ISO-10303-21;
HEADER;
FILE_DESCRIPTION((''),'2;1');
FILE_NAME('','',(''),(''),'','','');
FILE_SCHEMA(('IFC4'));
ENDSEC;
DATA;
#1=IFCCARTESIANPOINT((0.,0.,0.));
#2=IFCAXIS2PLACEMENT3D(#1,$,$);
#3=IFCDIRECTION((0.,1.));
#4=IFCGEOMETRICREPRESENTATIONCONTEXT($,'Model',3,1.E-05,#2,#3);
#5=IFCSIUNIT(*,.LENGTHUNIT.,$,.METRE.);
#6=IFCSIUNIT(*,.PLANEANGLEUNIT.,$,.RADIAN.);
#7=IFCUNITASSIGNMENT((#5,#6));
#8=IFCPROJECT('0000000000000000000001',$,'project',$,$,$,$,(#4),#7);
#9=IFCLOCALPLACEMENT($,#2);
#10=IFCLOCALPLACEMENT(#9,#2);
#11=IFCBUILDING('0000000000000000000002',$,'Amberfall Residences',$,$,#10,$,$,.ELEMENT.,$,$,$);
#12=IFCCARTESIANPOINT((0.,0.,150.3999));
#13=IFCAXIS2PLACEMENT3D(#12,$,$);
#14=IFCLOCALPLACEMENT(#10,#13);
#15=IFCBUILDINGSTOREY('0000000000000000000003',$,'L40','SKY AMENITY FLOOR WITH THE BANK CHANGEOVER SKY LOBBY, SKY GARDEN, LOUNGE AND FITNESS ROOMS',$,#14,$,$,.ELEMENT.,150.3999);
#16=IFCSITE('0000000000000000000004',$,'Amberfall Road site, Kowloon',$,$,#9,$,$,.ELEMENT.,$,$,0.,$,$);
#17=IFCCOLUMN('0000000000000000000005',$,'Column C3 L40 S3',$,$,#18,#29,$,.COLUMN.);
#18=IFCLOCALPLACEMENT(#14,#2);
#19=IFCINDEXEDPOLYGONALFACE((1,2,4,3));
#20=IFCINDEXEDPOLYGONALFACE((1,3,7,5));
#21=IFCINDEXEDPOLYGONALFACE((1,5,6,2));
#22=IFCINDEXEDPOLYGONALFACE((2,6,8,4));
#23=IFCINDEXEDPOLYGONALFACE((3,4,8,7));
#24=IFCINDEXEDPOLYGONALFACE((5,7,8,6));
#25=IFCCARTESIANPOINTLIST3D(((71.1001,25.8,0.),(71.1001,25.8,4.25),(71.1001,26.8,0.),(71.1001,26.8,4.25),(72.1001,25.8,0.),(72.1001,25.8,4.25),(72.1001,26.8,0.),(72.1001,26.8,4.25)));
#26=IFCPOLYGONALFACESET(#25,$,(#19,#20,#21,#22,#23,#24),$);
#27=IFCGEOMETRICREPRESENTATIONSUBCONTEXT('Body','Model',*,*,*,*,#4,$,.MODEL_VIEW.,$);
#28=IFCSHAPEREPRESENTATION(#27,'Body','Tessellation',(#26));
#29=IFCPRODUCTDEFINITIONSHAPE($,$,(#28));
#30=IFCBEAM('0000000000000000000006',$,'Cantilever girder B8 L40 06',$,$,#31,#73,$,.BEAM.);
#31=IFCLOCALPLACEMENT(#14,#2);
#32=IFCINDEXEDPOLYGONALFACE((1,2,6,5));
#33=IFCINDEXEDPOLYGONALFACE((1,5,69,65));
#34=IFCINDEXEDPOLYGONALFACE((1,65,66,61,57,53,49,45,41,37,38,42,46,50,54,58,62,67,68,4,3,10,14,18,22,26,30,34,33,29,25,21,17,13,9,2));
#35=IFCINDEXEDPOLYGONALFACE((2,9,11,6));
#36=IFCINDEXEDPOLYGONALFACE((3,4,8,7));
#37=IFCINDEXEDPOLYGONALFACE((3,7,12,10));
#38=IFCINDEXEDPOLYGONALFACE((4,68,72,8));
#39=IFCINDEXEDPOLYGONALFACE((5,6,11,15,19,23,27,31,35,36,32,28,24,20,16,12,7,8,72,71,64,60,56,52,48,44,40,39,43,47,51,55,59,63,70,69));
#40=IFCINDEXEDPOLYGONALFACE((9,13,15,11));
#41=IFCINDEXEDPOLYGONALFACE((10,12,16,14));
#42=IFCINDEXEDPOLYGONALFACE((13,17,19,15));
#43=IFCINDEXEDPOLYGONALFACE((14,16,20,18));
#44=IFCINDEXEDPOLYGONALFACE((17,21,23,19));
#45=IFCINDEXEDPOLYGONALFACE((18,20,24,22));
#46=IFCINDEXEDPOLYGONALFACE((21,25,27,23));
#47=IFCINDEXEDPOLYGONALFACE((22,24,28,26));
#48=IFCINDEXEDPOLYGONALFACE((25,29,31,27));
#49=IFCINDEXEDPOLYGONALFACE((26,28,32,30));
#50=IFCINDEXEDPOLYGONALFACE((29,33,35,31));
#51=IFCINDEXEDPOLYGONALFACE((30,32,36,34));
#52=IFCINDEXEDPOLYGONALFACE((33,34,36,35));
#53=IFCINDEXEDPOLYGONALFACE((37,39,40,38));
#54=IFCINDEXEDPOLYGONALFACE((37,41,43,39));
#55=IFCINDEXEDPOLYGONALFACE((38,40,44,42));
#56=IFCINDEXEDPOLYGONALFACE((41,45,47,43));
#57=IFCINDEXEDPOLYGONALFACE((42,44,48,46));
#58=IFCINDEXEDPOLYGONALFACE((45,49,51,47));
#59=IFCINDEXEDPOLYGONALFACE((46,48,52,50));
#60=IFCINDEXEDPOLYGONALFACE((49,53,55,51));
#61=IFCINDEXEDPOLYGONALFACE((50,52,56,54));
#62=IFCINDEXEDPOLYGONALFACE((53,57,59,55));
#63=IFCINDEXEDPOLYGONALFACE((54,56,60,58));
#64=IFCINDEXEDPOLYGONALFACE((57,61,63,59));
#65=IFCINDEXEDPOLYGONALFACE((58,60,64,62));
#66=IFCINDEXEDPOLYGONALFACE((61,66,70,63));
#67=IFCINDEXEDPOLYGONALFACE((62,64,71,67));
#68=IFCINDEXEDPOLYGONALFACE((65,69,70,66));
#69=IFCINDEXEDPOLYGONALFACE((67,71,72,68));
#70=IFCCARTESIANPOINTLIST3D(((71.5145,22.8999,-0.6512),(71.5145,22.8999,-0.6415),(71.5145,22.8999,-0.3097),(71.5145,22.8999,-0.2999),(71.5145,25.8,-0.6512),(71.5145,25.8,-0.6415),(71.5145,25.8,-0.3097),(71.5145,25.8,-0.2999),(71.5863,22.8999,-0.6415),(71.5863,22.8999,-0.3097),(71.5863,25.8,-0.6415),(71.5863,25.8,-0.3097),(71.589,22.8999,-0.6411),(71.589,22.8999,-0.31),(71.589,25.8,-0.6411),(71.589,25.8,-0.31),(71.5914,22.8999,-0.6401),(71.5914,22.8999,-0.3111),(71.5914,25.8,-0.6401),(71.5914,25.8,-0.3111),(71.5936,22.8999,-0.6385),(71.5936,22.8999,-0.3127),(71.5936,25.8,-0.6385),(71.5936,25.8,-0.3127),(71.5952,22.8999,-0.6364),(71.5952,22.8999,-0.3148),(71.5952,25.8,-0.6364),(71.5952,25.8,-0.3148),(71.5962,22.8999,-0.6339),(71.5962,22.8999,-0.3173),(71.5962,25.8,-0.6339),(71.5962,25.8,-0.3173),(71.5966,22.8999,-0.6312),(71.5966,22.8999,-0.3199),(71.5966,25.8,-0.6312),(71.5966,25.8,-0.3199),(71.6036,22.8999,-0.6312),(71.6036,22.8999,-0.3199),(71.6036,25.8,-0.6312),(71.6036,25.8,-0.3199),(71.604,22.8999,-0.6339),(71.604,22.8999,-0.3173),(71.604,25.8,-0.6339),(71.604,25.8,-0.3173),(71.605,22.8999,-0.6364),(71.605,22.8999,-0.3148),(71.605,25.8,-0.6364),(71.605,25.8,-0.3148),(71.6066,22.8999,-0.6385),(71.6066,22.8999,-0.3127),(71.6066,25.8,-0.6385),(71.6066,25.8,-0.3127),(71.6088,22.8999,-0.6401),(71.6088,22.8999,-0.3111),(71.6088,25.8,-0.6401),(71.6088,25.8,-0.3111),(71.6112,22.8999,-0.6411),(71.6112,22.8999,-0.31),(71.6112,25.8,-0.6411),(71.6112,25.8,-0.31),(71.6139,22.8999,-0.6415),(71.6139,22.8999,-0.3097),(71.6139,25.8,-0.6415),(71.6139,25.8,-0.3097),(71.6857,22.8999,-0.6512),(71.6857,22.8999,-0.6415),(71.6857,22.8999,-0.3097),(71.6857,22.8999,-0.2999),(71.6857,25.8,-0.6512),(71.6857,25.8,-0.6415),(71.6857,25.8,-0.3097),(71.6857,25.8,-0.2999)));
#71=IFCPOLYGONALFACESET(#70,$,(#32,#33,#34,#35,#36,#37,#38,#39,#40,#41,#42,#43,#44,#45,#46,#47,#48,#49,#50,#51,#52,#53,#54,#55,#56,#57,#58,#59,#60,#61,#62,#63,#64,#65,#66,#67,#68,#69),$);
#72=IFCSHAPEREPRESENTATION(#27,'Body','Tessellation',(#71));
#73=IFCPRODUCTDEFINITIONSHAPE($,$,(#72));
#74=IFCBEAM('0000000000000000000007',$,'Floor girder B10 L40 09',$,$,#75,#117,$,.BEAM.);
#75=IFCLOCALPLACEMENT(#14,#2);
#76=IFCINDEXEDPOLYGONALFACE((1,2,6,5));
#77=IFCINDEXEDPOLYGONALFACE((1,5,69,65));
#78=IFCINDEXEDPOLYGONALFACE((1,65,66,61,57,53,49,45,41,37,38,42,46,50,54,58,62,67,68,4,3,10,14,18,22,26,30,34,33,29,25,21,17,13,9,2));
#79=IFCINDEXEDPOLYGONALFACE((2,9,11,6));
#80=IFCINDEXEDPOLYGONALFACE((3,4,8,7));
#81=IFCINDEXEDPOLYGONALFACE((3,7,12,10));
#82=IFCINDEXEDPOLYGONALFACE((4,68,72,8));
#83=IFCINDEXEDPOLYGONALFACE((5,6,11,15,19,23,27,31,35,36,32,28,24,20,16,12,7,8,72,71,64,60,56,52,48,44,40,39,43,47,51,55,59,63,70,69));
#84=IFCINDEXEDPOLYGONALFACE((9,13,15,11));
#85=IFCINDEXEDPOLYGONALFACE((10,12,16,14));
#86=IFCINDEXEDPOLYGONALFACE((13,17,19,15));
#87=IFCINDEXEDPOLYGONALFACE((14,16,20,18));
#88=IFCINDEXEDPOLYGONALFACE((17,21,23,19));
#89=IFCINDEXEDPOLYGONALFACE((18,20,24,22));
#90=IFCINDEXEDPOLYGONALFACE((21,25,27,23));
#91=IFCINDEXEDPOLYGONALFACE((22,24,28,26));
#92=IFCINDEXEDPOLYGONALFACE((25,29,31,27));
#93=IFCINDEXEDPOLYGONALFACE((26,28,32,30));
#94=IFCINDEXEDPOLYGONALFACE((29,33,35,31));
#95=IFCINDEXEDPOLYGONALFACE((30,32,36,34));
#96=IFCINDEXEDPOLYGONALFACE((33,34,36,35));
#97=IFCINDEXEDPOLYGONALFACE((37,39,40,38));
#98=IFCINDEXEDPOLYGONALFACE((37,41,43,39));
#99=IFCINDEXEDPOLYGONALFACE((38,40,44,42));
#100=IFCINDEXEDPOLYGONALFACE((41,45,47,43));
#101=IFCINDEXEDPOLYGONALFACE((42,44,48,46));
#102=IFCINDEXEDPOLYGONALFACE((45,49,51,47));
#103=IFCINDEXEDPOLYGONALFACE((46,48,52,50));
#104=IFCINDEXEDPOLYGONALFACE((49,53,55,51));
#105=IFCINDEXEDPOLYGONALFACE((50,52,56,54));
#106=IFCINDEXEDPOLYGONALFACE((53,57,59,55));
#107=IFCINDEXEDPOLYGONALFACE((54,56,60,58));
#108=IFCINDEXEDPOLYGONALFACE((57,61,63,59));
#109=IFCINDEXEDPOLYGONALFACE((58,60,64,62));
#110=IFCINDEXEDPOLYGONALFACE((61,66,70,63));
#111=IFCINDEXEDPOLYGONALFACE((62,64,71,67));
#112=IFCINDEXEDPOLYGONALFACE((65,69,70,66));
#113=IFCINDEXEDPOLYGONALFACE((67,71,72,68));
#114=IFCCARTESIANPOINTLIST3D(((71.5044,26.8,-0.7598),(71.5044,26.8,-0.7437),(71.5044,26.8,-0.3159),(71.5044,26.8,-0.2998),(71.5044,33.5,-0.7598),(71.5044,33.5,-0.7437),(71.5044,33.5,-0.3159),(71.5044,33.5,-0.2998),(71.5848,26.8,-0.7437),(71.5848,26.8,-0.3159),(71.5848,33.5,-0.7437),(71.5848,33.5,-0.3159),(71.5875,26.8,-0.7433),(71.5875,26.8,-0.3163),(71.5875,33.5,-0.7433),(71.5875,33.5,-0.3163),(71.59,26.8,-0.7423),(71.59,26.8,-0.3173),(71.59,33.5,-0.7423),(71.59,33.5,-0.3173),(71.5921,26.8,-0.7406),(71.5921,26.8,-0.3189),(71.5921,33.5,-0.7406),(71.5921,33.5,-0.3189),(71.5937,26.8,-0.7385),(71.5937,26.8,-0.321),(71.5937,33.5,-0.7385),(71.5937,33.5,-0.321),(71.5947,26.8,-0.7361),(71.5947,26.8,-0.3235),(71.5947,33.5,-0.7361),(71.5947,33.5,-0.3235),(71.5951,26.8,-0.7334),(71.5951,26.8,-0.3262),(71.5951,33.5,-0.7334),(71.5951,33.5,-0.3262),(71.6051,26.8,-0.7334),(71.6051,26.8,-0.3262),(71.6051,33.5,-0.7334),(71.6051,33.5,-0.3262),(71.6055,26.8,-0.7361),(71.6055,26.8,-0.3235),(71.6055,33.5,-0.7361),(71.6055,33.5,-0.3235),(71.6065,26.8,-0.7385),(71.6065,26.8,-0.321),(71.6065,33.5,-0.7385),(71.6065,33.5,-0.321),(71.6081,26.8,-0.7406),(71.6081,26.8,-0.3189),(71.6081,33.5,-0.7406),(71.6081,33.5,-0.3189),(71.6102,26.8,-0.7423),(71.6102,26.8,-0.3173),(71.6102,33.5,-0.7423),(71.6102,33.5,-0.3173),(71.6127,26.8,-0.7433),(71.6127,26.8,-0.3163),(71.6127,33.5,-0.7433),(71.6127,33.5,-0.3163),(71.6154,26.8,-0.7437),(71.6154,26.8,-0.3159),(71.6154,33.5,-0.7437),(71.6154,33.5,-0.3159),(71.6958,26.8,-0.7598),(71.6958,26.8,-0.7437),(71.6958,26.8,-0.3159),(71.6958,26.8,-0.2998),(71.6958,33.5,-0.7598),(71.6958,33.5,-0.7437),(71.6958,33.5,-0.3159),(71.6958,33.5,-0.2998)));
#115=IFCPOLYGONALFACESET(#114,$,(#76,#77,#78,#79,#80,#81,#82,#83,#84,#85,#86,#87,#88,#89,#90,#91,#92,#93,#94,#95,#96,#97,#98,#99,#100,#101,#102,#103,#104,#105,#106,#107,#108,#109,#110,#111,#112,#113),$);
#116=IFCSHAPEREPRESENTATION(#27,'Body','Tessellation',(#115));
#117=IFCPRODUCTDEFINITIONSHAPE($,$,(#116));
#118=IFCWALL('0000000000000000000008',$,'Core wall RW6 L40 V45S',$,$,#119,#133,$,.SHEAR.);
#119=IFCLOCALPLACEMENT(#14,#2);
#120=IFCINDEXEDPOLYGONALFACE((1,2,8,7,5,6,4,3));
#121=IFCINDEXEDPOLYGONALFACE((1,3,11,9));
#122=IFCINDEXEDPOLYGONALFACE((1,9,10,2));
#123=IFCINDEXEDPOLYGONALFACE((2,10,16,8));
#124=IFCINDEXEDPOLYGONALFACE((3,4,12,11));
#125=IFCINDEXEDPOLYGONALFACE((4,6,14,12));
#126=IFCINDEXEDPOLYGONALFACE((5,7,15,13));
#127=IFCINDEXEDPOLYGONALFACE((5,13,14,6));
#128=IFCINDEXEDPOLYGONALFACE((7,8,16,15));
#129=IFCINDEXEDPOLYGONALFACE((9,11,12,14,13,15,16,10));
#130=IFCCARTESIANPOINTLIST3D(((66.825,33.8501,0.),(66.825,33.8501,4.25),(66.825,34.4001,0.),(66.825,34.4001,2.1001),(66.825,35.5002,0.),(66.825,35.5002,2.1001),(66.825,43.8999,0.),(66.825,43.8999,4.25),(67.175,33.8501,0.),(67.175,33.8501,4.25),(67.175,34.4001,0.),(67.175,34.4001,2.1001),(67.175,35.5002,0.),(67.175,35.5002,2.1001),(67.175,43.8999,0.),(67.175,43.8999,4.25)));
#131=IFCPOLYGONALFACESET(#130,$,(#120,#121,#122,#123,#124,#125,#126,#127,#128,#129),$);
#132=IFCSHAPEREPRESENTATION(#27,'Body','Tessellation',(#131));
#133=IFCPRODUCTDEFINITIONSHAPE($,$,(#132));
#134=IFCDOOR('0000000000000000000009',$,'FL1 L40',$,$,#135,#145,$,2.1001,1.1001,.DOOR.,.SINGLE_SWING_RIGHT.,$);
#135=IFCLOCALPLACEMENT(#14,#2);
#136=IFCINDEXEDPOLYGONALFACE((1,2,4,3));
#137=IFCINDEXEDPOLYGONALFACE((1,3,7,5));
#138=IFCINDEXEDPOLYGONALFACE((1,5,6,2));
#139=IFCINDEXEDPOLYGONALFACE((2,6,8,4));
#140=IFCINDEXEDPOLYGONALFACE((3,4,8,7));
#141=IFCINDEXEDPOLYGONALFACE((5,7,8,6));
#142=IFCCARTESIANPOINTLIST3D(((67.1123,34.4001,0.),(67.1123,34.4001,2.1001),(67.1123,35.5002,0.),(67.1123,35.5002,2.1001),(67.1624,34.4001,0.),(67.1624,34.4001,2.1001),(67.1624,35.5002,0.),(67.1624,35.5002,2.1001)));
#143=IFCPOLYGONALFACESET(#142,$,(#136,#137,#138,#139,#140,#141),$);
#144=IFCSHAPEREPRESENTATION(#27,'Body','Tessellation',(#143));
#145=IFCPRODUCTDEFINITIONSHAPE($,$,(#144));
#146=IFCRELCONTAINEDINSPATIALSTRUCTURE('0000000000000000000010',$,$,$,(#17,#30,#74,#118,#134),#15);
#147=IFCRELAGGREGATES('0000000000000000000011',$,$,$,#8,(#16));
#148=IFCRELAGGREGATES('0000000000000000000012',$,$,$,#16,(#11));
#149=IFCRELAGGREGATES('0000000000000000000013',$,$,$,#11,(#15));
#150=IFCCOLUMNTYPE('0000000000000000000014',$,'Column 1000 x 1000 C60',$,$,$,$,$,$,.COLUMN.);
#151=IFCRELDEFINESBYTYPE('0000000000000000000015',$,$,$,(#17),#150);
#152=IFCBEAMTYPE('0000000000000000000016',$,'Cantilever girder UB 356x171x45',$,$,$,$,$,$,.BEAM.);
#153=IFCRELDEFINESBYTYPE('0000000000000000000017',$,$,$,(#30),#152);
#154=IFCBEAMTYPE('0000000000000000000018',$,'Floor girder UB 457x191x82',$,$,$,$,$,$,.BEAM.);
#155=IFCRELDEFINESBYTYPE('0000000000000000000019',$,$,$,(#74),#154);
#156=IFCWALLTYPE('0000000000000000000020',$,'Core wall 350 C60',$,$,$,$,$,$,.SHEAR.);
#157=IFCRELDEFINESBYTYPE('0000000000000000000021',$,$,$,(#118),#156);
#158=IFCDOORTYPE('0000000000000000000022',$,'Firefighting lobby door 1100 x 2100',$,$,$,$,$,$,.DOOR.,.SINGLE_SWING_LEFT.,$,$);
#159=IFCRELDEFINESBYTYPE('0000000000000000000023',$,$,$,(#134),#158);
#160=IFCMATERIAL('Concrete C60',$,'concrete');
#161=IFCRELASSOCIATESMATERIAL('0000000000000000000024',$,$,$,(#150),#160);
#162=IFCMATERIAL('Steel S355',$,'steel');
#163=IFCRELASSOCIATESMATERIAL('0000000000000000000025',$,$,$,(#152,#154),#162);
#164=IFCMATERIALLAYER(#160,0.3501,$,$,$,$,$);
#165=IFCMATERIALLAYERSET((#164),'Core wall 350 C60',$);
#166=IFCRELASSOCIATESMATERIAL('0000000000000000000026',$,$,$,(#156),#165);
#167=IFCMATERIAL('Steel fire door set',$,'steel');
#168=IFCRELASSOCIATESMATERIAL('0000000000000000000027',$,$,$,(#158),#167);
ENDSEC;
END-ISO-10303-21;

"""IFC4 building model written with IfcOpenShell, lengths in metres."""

from ifc_helpers import new_model, si_unit, direction, frame, frame_2d, origin, origin_2d, place, context, subcontext, project, spatial, rectangle, i_section, extrude, material, layer, layer_set, material_profile, profile_set, type_object, element, fill, save


model = new_model("IFC4")

# Units and contexts
model_context = context("Model", 3, precision=1e-05, world=origin(), true_north=direction((0.0, 1.0)))
body_context = subcontext(model_context, "Body", "Model", "MODEL_VIEW")
ifc_project = project(units=[si_unit("LENGTHUNIT", "METRE"), si_unit("PLANEANGLEUNIT", "RADIAN")], contexts=[model_context])

# Site, building, storey
site_placement = place(None, origin())
site = spatial("IfcSite", under=ifc_project, at=site_placement, Name="Amberfall Road site, Kowloon", CompositionType="ELEMENT", RefElevation=0.0)
building_placement = place(site_placement, origin())
building = spatial("IfcBuilding", under=site, at=building_placement, Name="Amberfall Residences", CompositionType="ELEMENT")
storey_placement = place(building_placement, frame((0.0, 0.0, 150.3999)))
storey = spatial("IfcBuildingStorey", under=building, at=storey_placement, Name="L40", Description="SKY AMENITY FLOOR WITH THE BANK CHANGEOVER SKY LOBBY, SKY GARDEN, LOUNGE AND FITNESS ROOMS", CompositionType="ELEMENT", Elevation=150.3999)

# Column
ifc_material_1 = material(Name="Concrete C60", Category="concrete")
ifc_material_profile_1 = material_profile(ifc_material_1, rectangle(XDim=1.0, YDim=1.0, at=origin_2d()), Name="Column 1000 x 1000 C60")
ifc_profile_set_1 = profile_set([ifc_material_profile_1], Name="Concrete C60")
column_type = type_object("IfcColumnType", Name="Column 1000 x 1000 C60", PredefinedType="COLUMN", material=ifc_profile_set_1)
column_placement = place(storey_placement, frame((71.6001, 26.3, 0.0), z_axis=(0.0, 0.0, 1.0), x_axis=(1.0, 0.0, 0.0)))
element("IfcColumn", 1, at=column_placement, inside=storey, type_object=column_type, Name="Column C3 L40 S3", PredefinedType="COLUMN", context=body_context, shape_type="SweptSolid", body=[
    extrude(rectangle(XDim=1.0, YDim=1.0, at=origin_2d()), origin(), (0.0, 0.0, 1.0), 4.25),
])

# Beams
ifc_material_2 = material(Name="Steel S355", Category="steel")
ifc_material_profile_2 = material_profile(ifc_material_2, i_section(OverallWidth=0.1711, OverallDepth=0.3513, WebThickness=0.0071, FlangeThickness=0.0098, FilletRadius=0.0103, at=origin_2d()), Name="UB 356x171x45")
ifc_profile_set_2 = profile_set([ifc_material_profile_2], Name="Steel S355")
beam_type_1 = type_object("IfcBeamType", Name="Cantilever girder UB 356x171x45", PredefinedType="BEAM", material=ifc_profile_set_2)
beam_1_placement = place(storey_placement, frame((71.6001, 25.8, -0.4756), z_axis=(0.0, -1.0, 0.0), x_axis=(1.0, 0.0, 0.0)))
element("IfcBeam", 2, at=beam_1_placement, inside=storey, type_object=beam_type_1, Name="Cantilever girder B8 L40 06", PredefinedType="BEAM", context=body_context, shape_type="SweptSolid", body=[
    extrude(i_section(OverallWidth=0.1711, OverallDepth=0.3513, WebThickness=0.0071, FlangeThickness=0.0098, FilletRadius=0.0103, at=origin_2d()), origin(), (0.0, 0.0, 1.0), 2.9001),
])
ifc_material_profile_3 = material_profile(ifc_material_2, i_section(OverallWidth=0.1914, OverallDepth=0.46, WebThickness=0.01, FlangeThickness=0.0161, FilletRadius=0.0103, at=origin_2d()), Name="UB 457x191x82")
ifc_profile_set_3 = profile_set([ifc_material_profile_3], Name="Steel S355")
beam_type_2 = type_object("IfcBeamType", Name="Floor girder UB 457x191x82", PredefinedType="BEAM", material=ifc_profile_set_3)
beam_2_placement = place(storey_placement, frame((71.6001, 26.8, -0.5298), z_axis=(0.0, 1.0, 0.0), x_axis=(-1.0, 0.0, 0.0)))
element("IfcBeam", 3, at=beam_2_placement, inside=storey, type_object=beam_type_2, Name="Floor girder B10 L40 09", PredefinedType="BEAM", context=body_context, shape_type="SweptSolid", body=[
    extrude(i_section(OverallWidth=0.1914, OverallDepth=0.46, WebThickness=0.01, FlangeThickness=0.0161, FilletRadius=0.0103, at=origin_2d()), origin(), (0.0, 0.0, 1.0), 6.7),
])

# Wall, opening, door
ifc_layer_1 = layer(ifc_material_1, 0.3501)
ifc_layer_set_1 = layer_set([ifc_layer_1], Name="Core wall 350 C60")
wall_type_1 = type_object("IfcWallType", Name="Core wall 350 C60", PredefinedType="SHEAR", material=ifc_layer_set_1)
wall_1_placement = place(storey_placement, frame((67.0, 33.8501, 0.0), z_axis=(0.0, 0.0, 1.0), x_axis=(0.0, 1.0, 0.0)))
wall_1 = element("IfcWall", 4, at=wall_1_placement, inside=storey, type_object=wall_type_1, Name="Core wall RW6 L40 V45S", PredefinedType="SHEAR", context=body_context, shape_type="SweptSolid", body=[
    extrude(rectangle(XDim=10.0498, YDim=0.3501, at=frame_2d((5.0249, 0.0))), origin(), (0.0, 0.0, 1.0), 4.25),
])
opening_1_placement = place(wall_1_placement, frame((0.55, 0.0, 0.0)))
opening_1 = element("IfcOpeningElement", 5, at=opening_1_placement, cuts=wall_1, PredefinedType="OPENING", context=body_context, shape_type="SweptSolid", body=[
    extrude(rectangle(XDim=1.1001, YDim=2.1001, at=frame_2d((0.55, 1.05))), frame((0.0, 0.1851, 0.0), z_axis=(0.0, -1.0, 0.0), x_axis=(1.0, 0.0, 0.0)), (0.0, 0.0, 1.0), 0.3701),
])
ifc_material_3 = material(Name="Steel fire door set", Category="steel")
door_type_1 = type_object("IfcDoorType", Name="Firefighting lobby door 1100 x 2100", OperationType="SINGLE_SWING_LEFT", PredefinedType="DOOR", material=ifc_material_3)
door_1_placement = place(opening_1_placement, origin())
door_1 = element("IfcDoor", 6, at=door_1_placement, inside=storey, type_object=door_type_1, Name="FL1 L40", OperationType="SINGLE_SWING_RIGHT", OverallHeight=2.1001, OverallWidth=1.1001, PredefinedType="DOOR", context=body_context, shape_type="SweptSolid", body=[
    extrude(rectangle(XDim=1.1001, YDim=2.1001, at=frame_2d((0.55, 1.05))), frame((0.0, -0.1123, 0.0), z_axis=(0.0, -1.0, 0.0), x_axis=(1.0, 0.0, 0.0)), (0.0, 0.0, 1.0), 0.05),
])
fill(opening_1, door_1)

save(model, "model.ifc")
